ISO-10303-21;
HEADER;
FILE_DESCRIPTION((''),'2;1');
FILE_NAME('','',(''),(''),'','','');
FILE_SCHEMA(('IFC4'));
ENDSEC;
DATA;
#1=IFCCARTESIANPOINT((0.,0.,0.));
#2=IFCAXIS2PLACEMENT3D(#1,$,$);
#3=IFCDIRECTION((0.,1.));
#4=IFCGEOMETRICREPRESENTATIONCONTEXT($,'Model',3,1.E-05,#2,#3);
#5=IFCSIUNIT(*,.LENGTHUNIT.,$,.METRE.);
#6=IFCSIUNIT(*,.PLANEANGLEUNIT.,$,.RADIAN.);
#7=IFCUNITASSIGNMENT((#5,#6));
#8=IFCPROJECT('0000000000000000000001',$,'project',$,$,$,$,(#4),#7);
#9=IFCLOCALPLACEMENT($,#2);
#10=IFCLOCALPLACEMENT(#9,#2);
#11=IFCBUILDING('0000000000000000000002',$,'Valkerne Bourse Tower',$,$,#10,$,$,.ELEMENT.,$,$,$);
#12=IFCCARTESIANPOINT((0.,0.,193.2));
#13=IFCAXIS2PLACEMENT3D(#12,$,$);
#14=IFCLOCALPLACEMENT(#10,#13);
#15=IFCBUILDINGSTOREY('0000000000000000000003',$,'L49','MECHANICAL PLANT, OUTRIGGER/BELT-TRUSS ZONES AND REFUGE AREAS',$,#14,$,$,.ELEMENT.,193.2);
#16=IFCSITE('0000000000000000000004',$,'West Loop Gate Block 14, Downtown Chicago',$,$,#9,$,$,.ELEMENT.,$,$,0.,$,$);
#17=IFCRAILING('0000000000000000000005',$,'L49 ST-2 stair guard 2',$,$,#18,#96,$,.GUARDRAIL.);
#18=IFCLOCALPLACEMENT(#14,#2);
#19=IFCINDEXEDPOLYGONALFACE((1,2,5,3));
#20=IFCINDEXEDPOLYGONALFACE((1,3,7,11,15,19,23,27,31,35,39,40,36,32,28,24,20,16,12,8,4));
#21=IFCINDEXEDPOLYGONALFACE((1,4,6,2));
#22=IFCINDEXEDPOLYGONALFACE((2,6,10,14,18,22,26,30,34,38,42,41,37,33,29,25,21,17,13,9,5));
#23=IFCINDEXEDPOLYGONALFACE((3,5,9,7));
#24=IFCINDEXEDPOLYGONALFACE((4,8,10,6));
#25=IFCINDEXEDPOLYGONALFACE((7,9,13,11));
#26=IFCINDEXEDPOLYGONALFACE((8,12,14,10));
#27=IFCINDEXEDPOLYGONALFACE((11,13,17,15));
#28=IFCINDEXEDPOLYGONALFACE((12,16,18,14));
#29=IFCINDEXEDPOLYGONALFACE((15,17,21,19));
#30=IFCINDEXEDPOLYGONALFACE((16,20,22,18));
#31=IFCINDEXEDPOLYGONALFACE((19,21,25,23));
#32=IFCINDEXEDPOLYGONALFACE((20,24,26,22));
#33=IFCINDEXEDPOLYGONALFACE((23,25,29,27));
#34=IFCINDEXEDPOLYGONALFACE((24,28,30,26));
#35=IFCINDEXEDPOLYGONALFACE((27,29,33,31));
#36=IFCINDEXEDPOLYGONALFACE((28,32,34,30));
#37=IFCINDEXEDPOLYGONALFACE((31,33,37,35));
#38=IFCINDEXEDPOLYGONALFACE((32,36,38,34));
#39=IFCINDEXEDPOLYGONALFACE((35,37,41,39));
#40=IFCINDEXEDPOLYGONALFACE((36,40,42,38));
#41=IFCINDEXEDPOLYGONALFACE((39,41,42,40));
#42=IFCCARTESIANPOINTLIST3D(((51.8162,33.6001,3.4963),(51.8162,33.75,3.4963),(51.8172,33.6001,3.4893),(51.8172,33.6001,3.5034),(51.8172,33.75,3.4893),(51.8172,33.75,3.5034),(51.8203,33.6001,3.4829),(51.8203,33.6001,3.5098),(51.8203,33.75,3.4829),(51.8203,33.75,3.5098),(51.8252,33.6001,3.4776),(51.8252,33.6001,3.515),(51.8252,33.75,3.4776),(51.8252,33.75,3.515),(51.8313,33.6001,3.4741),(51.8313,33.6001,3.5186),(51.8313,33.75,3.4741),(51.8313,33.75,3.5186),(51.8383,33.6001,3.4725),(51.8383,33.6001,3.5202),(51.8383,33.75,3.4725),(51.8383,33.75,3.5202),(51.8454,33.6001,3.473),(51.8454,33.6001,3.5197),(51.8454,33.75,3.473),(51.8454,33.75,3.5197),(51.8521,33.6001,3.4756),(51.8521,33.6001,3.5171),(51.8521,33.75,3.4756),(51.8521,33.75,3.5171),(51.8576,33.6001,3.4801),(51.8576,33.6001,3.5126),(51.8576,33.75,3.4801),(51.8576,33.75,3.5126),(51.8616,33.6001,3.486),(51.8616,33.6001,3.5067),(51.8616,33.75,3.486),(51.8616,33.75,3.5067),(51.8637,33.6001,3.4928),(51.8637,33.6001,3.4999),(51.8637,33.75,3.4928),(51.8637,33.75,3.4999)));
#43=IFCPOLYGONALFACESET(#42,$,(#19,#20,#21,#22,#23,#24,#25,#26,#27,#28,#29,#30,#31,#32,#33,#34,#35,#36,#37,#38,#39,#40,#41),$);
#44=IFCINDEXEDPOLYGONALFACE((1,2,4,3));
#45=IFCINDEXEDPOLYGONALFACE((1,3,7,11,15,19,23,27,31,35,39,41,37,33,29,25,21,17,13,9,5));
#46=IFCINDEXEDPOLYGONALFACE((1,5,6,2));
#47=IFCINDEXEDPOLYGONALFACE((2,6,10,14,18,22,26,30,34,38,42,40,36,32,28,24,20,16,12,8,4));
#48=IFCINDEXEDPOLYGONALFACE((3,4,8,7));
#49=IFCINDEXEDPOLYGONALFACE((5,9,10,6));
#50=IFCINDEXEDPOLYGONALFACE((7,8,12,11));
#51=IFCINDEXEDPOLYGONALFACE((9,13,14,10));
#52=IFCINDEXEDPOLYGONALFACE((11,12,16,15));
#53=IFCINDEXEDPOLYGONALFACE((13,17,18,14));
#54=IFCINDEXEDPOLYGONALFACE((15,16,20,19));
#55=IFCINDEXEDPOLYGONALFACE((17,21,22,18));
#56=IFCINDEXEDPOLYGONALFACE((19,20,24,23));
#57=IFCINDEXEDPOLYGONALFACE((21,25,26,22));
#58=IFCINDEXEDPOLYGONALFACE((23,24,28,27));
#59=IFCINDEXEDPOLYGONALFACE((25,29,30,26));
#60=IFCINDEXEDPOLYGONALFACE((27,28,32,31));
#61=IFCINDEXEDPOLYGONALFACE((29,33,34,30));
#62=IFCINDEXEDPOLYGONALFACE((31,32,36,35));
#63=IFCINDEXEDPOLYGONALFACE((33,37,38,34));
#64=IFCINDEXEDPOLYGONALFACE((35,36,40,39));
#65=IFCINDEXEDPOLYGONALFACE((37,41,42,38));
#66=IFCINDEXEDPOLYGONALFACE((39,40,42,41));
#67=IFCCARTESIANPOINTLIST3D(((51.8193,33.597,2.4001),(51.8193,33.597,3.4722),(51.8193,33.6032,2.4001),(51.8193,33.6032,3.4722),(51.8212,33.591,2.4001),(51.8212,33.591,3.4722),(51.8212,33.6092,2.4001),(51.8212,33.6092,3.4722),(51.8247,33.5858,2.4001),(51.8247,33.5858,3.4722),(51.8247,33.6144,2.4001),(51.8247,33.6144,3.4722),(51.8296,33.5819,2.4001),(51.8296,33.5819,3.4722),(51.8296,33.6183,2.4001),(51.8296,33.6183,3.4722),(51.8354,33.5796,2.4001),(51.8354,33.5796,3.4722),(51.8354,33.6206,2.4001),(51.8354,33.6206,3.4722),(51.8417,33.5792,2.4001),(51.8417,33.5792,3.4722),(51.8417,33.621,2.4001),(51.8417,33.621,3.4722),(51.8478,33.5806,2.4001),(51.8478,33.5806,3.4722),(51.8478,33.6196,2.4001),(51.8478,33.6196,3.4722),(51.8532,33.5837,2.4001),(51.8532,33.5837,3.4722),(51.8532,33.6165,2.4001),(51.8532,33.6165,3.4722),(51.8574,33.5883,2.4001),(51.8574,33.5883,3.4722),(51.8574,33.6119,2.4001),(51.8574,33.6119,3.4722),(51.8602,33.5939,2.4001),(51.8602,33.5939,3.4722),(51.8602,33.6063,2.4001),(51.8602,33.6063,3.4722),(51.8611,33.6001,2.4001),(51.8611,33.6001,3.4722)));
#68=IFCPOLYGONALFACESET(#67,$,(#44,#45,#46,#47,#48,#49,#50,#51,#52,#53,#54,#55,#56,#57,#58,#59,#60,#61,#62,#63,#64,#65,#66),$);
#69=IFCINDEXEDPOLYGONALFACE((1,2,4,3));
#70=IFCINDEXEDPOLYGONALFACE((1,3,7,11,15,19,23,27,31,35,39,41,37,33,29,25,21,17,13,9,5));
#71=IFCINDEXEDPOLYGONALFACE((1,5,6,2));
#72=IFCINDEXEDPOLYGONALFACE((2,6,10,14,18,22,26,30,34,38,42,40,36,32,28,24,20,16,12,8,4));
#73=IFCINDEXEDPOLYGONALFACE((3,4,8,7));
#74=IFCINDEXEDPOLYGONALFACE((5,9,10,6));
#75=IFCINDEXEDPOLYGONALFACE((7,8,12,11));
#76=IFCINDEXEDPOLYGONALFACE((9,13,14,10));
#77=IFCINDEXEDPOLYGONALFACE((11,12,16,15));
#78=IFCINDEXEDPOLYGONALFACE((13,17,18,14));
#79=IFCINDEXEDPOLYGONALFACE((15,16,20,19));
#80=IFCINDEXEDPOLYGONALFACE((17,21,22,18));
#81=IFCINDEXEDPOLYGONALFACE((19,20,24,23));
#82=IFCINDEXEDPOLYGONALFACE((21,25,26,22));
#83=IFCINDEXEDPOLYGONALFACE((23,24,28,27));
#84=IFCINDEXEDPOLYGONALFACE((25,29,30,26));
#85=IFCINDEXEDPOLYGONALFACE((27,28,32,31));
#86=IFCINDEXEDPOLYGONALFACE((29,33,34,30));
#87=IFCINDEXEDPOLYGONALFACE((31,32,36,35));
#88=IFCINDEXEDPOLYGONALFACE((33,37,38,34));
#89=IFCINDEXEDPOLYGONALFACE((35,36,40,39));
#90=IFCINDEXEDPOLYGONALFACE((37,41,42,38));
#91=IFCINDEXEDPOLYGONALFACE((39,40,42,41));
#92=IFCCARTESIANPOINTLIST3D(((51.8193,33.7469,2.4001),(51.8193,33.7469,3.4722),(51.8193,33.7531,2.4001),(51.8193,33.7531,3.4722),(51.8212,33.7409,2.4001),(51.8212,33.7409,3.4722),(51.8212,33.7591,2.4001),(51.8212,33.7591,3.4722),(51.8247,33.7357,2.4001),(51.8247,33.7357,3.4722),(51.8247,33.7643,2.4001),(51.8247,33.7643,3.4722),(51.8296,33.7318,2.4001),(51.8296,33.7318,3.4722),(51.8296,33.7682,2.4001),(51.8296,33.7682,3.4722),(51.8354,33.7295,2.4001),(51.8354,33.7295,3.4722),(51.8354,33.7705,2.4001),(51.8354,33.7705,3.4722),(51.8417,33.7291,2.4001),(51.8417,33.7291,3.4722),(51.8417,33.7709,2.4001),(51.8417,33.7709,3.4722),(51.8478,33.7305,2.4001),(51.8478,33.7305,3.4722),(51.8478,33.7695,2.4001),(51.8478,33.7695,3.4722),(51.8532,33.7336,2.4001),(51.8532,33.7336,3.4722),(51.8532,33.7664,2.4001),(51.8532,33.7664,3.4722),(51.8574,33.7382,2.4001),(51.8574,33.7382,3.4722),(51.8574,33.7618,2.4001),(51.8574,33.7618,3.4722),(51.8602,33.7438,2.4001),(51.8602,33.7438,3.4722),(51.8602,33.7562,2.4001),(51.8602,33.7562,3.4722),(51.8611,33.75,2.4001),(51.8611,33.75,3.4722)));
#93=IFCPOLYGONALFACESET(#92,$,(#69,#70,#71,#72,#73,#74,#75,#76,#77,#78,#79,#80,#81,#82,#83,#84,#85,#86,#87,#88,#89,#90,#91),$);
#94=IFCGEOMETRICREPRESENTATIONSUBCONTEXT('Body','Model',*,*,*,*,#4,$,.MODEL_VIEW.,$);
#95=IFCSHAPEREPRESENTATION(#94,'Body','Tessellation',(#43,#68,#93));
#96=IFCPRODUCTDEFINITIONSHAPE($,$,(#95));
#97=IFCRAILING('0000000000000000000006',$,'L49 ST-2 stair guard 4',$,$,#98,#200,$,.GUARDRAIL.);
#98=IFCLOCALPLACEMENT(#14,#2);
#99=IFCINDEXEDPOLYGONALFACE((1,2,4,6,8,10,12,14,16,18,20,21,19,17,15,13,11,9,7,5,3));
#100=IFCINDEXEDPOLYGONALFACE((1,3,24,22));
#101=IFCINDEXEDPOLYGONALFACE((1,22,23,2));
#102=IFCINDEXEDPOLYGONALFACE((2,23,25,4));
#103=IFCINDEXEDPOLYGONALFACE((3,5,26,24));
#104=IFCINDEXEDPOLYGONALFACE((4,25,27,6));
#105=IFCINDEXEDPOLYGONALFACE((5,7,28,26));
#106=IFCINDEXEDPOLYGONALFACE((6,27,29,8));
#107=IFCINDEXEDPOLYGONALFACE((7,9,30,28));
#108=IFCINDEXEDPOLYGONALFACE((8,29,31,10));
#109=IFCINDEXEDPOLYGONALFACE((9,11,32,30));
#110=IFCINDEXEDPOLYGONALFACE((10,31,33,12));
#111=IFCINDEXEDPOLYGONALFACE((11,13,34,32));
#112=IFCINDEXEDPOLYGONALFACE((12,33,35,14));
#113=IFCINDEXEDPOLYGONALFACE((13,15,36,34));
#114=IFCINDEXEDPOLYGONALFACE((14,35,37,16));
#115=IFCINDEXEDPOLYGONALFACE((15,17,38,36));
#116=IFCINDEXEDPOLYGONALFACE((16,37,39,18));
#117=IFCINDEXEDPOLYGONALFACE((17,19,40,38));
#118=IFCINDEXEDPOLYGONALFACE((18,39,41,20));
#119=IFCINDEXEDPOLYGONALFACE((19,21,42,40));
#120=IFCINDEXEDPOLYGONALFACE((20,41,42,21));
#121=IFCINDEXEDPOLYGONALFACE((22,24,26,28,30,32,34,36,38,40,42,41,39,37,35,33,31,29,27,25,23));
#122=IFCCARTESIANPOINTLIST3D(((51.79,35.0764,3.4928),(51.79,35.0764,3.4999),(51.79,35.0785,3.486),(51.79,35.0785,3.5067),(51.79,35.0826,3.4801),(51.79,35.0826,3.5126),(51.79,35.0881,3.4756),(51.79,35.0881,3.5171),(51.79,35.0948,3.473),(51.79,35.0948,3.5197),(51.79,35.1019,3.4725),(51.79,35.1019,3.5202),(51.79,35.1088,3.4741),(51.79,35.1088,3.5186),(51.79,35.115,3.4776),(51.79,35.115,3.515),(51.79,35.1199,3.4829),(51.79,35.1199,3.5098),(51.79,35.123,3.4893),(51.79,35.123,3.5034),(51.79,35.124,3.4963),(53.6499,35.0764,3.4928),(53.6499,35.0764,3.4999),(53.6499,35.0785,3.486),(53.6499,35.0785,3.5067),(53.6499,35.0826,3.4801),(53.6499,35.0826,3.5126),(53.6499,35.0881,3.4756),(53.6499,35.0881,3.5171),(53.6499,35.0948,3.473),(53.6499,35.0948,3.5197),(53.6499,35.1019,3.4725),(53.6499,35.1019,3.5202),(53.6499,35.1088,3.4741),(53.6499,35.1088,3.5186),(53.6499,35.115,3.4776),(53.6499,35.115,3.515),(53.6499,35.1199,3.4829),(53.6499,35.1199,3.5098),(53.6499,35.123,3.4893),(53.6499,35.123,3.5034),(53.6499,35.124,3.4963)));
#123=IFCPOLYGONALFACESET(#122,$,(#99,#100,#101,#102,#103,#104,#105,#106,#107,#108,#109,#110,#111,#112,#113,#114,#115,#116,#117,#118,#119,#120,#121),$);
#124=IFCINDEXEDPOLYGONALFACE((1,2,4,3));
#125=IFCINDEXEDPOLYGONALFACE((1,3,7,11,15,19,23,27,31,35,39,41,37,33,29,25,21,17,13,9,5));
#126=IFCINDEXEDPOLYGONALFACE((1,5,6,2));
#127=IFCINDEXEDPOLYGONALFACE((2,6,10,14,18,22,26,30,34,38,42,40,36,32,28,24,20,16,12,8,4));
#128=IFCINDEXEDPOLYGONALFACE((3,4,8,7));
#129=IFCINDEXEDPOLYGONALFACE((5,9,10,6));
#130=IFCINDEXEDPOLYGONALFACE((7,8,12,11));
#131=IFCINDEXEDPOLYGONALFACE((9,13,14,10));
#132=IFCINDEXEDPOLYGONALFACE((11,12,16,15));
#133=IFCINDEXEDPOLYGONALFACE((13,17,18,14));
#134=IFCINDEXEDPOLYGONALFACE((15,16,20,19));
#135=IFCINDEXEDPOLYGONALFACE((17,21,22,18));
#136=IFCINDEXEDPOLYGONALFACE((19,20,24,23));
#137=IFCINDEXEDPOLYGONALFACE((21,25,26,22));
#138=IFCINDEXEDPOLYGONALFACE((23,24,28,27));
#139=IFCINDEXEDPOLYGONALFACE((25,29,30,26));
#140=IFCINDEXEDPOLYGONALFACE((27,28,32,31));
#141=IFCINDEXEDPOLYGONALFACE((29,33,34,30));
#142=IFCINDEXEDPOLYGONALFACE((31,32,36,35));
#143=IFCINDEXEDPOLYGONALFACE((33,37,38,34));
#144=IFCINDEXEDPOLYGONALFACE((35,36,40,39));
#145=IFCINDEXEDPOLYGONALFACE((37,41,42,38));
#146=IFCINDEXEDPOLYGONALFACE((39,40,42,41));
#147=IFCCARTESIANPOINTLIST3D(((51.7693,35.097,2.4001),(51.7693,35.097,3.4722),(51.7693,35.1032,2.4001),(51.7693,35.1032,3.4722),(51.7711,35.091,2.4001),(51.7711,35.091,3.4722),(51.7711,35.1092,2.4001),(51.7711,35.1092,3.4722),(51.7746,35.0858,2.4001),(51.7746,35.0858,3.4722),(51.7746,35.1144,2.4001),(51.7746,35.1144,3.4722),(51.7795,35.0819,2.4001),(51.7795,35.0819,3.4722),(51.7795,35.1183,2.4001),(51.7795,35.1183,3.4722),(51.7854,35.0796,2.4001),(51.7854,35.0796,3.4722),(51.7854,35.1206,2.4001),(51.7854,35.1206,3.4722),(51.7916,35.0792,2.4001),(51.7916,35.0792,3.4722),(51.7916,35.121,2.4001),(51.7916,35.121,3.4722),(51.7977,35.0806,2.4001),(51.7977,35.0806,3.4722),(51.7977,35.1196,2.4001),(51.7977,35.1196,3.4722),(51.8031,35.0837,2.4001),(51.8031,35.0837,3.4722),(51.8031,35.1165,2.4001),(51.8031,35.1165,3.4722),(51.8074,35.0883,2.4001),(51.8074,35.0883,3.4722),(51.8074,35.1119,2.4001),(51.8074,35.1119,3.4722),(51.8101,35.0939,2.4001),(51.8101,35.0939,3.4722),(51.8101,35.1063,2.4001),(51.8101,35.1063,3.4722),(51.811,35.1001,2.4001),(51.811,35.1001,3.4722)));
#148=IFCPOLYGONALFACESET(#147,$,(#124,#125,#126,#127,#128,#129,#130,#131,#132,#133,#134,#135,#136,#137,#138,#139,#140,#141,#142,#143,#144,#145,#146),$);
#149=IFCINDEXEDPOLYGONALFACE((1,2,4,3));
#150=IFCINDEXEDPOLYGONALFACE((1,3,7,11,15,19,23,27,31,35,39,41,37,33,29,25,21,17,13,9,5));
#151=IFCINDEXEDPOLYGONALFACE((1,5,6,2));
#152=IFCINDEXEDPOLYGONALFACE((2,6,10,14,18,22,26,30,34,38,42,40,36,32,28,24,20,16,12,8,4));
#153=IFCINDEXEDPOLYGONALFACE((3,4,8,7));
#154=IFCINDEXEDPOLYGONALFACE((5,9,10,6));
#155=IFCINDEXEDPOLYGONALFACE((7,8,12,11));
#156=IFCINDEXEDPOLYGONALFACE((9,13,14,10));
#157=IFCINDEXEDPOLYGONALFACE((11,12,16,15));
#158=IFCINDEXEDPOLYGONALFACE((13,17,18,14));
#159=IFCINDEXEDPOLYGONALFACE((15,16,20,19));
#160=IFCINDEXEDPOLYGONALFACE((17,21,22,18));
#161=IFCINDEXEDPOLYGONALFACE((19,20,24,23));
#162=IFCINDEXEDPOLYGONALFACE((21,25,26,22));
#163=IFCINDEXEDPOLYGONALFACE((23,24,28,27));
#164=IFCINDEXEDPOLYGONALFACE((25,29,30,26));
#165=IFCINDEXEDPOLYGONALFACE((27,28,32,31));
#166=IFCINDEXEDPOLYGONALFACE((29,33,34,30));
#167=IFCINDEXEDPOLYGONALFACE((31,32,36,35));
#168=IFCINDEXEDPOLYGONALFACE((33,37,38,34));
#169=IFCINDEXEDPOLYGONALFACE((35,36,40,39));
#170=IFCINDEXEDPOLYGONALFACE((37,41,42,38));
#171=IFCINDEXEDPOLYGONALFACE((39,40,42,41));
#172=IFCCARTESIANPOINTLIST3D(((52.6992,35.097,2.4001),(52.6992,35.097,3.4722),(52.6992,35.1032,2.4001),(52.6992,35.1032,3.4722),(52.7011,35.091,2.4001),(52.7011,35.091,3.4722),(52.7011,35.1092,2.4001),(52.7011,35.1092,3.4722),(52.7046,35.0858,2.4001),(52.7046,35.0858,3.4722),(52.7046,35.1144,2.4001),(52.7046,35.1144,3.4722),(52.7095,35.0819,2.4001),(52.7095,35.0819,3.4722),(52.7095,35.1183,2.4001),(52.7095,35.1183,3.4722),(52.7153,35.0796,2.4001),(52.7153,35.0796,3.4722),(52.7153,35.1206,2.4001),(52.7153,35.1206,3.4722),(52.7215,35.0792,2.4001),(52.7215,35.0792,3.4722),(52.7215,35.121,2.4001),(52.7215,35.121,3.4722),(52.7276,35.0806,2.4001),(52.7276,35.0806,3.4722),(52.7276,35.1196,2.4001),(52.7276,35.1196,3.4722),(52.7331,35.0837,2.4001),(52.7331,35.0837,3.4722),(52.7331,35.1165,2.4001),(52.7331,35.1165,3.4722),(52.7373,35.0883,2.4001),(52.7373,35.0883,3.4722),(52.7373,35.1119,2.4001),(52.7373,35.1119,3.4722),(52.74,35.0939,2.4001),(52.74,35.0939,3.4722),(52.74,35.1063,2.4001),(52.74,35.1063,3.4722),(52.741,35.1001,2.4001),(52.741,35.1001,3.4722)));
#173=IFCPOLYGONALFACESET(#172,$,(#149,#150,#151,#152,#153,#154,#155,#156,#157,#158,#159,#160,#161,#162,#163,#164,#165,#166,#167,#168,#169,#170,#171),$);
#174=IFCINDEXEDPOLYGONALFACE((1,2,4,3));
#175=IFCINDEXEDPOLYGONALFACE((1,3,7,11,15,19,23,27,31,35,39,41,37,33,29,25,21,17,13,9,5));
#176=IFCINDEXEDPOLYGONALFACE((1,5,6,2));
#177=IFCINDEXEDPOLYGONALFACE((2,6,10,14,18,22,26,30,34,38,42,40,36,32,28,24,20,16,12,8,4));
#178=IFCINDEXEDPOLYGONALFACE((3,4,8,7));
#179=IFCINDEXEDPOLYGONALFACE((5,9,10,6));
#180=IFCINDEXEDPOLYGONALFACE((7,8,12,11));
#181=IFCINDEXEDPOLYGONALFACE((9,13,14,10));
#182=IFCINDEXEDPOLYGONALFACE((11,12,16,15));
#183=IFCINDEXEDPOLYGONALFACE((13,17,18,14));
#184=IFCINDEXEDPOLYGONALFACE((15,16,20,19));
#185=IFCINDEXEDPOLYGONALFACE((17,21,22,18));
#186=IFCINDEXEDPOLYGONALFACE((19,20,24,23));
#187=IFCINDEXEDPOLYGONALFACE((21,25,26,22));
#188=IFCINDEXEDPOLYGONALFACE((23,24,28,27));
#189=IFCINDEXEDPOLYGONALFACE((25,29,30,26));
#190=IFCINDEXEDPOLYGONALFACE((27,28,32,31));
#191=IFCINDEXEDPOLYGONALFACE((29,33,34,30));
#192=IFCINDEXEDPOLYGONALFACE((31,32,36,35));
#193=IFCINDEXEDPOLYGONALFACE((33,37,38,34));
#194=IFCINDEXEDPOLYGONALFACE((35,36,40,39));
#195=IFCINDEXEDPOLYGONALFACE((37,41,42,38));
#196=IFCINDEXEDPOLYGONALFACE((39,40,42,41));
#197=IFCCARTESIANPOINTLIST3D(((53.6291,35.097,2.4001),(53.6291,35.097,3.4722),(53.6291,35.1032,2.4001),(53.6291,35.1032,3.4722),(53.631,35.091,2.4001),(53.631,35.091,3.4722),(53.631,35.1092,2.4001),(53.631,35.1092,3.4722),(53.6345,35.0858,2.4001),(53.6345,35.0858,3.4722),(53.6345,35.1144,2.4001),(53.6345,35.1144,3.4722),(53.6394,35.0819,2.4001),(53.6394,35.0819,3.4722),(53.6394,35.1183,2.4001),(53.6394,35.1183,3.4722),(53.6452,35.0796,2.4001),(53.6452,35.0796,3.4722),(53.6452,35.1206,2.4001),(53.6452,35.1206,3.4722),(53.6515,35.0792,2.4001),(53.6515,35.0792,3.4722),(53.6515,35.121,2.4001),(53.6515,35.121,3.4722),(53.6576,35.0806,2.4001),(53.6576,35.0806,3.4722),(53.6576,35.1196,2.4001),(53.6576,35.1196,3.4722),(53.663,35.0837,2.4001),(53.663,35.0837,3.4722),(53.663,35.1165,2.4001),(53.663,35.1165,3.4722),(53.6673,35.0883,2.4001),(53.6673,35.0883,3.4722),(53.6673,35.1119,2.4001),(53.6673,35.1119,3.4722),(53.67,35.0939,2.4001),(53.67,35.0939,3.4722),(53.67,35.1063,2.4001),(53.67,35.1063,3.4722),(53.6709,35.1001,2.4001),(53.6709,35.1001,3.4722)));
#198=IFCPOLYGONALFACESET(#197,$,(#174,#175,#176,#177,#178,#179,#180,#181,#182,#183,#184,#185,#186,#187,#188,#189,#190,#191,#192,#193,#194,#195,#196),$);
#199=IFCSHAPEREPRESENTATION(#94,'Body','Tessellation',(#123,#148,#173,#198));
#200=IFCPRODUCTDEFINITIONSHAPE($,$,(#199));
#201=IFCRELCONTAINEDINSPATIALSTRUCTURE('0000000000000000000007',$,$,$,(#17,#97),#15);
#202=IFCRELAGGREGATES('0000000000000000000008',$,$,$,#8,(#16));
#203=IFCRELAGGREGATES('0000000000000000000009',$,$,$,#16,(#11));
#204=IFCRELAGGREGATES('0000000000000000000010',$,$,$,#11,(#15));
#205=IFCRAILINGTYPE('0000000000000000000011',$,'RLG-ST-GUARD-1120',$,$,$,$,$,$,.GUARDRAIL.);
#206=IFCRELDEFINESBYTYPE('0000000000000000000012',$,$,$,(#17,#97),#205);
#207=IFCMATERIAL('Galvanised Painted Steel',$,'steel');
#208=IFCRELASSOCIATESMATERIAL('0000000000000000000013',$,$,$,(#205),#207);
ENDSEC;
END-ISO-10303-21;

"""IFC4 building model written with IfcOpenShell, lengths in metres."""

from ifc_helpers import new_model, si_unit, direction, frame, origin, origin_2d, place, context, subcontext, project, spatial, circle, extrude, material, type_object, element, save


model = new_model("IFC4")

# Units and contexts
model_context = context("Model", 3, precision=1e-05, world=origin(), true_north=direction((0.0, 1.0)))
body_context = subcontext(model_context, "Body", "Model", "MODEL_VIEW")
ifc_project = project(units=[si_unit("LENGTHUNIT", "METRE"), si_unit("PLANEANGLEUNIT", "RADIAN")], contexts=[model_context])

# Site, building, storey
site_placement = place(None, origin())
site = spatial("IfcSite", under=ifc_project, at=site_placement, Name="West Loop Gate Block 14, Downtown Chicago", CompositionType="ELEMENT", RefElevation=0.0)
building_placement = place(site_placement, origin())
building = spatial("IfcBuilding", under=site, at=building_placement, Name="Valkerne Bourse Tower", CompositionType="ELEMENT")
storey_placement = place(building_placement, frame((0.0, 0.0, 193.2)))
storey = spatial("IfcBuildingStorey", under=building, at=storey_placement, Name="L49", Description="MECHANICAL PLANT, OUTRIGGER/BELT-TRUSS ZONES AND REFUGE AREAS", CompositionType="ELEMENT", Elevation=193.2)

# Railings
ifc_material_1 = material(Name="Galvanised Painted Steel", Category="steel")
railing_type_1 = type_object("IfcRailingType", Name="RLG-ST-GUARD-1120", PredefinedType="GUARDRAIL", material=ifc_material_1)
railing_1_placement = place(storey_placement, frame((51.8401, 33.6001, 2.4001)))
element("IfcRailing", 1, at=railing_1_placement, inside=storey, type_object=railing_type_1, Name="L49 ST-2 stair guard 2", PredefinedType="GUARDRAIL", context=body_context, shape_type="SweptSolid", body=[
    extrude(circle(Radius=0.0239, at=origin_2d()), frame((0.0, 0.0, 1.0962), z_axis=(0.0, 1.0, 0.0), x_axis=(-1.0, 0.0, 0.0)), (0.0, 0.0, 1.0), 0.1499),
    extrude(circle(Radius=0.021, at=origin_2d()), origin(), (0.0, 0.0, 1.0), 1.072),
    extrude(circle(Radius=0.021, at=origin_2d()), frame((0.0, 0.1499, 0.0)), (0.0, 0.0, 1.0), 1.072),
])
railing_2_placement = place(storey_placement, frame((51.79, 35.1001, 2.4001)))
element("IfcRailing", 2, at=railing_2_placement, inside=storey, type_object=railing_type_1, Name="L49 ST-2 stair guard 4", PredefinedType="GUARDRAIL", context=body_context, shape_type="SweptSolid", body=[
    extrude(circle(Radius=0.0239, at=origin_2d()), frame((0.0, 0.0, 1.0962), z_axis=(1.0, 0.0, 0.0), x_axis=(0.0, 1.0, 0.0)), (0.0, 0.0, 1.0), 1.8599),
    extrude(circle(Radius=0.021, at=origin_2d()), origin(), (0.0, 0.0, 1.0), 1.072),
    extrude(circle(Radius=0.021, at=origin_2d()), frame((0.9299, 0.0, 0.0)), (0.0, 0.0, 1.0), 1.072),
    extrude(circle(Radius=0.021, at=origin_2d()), frame((1.8599, 0.0, 0.0)), (0.0, 0.0, 1.0), 1.072),
])

save(model, "model.ifc")
